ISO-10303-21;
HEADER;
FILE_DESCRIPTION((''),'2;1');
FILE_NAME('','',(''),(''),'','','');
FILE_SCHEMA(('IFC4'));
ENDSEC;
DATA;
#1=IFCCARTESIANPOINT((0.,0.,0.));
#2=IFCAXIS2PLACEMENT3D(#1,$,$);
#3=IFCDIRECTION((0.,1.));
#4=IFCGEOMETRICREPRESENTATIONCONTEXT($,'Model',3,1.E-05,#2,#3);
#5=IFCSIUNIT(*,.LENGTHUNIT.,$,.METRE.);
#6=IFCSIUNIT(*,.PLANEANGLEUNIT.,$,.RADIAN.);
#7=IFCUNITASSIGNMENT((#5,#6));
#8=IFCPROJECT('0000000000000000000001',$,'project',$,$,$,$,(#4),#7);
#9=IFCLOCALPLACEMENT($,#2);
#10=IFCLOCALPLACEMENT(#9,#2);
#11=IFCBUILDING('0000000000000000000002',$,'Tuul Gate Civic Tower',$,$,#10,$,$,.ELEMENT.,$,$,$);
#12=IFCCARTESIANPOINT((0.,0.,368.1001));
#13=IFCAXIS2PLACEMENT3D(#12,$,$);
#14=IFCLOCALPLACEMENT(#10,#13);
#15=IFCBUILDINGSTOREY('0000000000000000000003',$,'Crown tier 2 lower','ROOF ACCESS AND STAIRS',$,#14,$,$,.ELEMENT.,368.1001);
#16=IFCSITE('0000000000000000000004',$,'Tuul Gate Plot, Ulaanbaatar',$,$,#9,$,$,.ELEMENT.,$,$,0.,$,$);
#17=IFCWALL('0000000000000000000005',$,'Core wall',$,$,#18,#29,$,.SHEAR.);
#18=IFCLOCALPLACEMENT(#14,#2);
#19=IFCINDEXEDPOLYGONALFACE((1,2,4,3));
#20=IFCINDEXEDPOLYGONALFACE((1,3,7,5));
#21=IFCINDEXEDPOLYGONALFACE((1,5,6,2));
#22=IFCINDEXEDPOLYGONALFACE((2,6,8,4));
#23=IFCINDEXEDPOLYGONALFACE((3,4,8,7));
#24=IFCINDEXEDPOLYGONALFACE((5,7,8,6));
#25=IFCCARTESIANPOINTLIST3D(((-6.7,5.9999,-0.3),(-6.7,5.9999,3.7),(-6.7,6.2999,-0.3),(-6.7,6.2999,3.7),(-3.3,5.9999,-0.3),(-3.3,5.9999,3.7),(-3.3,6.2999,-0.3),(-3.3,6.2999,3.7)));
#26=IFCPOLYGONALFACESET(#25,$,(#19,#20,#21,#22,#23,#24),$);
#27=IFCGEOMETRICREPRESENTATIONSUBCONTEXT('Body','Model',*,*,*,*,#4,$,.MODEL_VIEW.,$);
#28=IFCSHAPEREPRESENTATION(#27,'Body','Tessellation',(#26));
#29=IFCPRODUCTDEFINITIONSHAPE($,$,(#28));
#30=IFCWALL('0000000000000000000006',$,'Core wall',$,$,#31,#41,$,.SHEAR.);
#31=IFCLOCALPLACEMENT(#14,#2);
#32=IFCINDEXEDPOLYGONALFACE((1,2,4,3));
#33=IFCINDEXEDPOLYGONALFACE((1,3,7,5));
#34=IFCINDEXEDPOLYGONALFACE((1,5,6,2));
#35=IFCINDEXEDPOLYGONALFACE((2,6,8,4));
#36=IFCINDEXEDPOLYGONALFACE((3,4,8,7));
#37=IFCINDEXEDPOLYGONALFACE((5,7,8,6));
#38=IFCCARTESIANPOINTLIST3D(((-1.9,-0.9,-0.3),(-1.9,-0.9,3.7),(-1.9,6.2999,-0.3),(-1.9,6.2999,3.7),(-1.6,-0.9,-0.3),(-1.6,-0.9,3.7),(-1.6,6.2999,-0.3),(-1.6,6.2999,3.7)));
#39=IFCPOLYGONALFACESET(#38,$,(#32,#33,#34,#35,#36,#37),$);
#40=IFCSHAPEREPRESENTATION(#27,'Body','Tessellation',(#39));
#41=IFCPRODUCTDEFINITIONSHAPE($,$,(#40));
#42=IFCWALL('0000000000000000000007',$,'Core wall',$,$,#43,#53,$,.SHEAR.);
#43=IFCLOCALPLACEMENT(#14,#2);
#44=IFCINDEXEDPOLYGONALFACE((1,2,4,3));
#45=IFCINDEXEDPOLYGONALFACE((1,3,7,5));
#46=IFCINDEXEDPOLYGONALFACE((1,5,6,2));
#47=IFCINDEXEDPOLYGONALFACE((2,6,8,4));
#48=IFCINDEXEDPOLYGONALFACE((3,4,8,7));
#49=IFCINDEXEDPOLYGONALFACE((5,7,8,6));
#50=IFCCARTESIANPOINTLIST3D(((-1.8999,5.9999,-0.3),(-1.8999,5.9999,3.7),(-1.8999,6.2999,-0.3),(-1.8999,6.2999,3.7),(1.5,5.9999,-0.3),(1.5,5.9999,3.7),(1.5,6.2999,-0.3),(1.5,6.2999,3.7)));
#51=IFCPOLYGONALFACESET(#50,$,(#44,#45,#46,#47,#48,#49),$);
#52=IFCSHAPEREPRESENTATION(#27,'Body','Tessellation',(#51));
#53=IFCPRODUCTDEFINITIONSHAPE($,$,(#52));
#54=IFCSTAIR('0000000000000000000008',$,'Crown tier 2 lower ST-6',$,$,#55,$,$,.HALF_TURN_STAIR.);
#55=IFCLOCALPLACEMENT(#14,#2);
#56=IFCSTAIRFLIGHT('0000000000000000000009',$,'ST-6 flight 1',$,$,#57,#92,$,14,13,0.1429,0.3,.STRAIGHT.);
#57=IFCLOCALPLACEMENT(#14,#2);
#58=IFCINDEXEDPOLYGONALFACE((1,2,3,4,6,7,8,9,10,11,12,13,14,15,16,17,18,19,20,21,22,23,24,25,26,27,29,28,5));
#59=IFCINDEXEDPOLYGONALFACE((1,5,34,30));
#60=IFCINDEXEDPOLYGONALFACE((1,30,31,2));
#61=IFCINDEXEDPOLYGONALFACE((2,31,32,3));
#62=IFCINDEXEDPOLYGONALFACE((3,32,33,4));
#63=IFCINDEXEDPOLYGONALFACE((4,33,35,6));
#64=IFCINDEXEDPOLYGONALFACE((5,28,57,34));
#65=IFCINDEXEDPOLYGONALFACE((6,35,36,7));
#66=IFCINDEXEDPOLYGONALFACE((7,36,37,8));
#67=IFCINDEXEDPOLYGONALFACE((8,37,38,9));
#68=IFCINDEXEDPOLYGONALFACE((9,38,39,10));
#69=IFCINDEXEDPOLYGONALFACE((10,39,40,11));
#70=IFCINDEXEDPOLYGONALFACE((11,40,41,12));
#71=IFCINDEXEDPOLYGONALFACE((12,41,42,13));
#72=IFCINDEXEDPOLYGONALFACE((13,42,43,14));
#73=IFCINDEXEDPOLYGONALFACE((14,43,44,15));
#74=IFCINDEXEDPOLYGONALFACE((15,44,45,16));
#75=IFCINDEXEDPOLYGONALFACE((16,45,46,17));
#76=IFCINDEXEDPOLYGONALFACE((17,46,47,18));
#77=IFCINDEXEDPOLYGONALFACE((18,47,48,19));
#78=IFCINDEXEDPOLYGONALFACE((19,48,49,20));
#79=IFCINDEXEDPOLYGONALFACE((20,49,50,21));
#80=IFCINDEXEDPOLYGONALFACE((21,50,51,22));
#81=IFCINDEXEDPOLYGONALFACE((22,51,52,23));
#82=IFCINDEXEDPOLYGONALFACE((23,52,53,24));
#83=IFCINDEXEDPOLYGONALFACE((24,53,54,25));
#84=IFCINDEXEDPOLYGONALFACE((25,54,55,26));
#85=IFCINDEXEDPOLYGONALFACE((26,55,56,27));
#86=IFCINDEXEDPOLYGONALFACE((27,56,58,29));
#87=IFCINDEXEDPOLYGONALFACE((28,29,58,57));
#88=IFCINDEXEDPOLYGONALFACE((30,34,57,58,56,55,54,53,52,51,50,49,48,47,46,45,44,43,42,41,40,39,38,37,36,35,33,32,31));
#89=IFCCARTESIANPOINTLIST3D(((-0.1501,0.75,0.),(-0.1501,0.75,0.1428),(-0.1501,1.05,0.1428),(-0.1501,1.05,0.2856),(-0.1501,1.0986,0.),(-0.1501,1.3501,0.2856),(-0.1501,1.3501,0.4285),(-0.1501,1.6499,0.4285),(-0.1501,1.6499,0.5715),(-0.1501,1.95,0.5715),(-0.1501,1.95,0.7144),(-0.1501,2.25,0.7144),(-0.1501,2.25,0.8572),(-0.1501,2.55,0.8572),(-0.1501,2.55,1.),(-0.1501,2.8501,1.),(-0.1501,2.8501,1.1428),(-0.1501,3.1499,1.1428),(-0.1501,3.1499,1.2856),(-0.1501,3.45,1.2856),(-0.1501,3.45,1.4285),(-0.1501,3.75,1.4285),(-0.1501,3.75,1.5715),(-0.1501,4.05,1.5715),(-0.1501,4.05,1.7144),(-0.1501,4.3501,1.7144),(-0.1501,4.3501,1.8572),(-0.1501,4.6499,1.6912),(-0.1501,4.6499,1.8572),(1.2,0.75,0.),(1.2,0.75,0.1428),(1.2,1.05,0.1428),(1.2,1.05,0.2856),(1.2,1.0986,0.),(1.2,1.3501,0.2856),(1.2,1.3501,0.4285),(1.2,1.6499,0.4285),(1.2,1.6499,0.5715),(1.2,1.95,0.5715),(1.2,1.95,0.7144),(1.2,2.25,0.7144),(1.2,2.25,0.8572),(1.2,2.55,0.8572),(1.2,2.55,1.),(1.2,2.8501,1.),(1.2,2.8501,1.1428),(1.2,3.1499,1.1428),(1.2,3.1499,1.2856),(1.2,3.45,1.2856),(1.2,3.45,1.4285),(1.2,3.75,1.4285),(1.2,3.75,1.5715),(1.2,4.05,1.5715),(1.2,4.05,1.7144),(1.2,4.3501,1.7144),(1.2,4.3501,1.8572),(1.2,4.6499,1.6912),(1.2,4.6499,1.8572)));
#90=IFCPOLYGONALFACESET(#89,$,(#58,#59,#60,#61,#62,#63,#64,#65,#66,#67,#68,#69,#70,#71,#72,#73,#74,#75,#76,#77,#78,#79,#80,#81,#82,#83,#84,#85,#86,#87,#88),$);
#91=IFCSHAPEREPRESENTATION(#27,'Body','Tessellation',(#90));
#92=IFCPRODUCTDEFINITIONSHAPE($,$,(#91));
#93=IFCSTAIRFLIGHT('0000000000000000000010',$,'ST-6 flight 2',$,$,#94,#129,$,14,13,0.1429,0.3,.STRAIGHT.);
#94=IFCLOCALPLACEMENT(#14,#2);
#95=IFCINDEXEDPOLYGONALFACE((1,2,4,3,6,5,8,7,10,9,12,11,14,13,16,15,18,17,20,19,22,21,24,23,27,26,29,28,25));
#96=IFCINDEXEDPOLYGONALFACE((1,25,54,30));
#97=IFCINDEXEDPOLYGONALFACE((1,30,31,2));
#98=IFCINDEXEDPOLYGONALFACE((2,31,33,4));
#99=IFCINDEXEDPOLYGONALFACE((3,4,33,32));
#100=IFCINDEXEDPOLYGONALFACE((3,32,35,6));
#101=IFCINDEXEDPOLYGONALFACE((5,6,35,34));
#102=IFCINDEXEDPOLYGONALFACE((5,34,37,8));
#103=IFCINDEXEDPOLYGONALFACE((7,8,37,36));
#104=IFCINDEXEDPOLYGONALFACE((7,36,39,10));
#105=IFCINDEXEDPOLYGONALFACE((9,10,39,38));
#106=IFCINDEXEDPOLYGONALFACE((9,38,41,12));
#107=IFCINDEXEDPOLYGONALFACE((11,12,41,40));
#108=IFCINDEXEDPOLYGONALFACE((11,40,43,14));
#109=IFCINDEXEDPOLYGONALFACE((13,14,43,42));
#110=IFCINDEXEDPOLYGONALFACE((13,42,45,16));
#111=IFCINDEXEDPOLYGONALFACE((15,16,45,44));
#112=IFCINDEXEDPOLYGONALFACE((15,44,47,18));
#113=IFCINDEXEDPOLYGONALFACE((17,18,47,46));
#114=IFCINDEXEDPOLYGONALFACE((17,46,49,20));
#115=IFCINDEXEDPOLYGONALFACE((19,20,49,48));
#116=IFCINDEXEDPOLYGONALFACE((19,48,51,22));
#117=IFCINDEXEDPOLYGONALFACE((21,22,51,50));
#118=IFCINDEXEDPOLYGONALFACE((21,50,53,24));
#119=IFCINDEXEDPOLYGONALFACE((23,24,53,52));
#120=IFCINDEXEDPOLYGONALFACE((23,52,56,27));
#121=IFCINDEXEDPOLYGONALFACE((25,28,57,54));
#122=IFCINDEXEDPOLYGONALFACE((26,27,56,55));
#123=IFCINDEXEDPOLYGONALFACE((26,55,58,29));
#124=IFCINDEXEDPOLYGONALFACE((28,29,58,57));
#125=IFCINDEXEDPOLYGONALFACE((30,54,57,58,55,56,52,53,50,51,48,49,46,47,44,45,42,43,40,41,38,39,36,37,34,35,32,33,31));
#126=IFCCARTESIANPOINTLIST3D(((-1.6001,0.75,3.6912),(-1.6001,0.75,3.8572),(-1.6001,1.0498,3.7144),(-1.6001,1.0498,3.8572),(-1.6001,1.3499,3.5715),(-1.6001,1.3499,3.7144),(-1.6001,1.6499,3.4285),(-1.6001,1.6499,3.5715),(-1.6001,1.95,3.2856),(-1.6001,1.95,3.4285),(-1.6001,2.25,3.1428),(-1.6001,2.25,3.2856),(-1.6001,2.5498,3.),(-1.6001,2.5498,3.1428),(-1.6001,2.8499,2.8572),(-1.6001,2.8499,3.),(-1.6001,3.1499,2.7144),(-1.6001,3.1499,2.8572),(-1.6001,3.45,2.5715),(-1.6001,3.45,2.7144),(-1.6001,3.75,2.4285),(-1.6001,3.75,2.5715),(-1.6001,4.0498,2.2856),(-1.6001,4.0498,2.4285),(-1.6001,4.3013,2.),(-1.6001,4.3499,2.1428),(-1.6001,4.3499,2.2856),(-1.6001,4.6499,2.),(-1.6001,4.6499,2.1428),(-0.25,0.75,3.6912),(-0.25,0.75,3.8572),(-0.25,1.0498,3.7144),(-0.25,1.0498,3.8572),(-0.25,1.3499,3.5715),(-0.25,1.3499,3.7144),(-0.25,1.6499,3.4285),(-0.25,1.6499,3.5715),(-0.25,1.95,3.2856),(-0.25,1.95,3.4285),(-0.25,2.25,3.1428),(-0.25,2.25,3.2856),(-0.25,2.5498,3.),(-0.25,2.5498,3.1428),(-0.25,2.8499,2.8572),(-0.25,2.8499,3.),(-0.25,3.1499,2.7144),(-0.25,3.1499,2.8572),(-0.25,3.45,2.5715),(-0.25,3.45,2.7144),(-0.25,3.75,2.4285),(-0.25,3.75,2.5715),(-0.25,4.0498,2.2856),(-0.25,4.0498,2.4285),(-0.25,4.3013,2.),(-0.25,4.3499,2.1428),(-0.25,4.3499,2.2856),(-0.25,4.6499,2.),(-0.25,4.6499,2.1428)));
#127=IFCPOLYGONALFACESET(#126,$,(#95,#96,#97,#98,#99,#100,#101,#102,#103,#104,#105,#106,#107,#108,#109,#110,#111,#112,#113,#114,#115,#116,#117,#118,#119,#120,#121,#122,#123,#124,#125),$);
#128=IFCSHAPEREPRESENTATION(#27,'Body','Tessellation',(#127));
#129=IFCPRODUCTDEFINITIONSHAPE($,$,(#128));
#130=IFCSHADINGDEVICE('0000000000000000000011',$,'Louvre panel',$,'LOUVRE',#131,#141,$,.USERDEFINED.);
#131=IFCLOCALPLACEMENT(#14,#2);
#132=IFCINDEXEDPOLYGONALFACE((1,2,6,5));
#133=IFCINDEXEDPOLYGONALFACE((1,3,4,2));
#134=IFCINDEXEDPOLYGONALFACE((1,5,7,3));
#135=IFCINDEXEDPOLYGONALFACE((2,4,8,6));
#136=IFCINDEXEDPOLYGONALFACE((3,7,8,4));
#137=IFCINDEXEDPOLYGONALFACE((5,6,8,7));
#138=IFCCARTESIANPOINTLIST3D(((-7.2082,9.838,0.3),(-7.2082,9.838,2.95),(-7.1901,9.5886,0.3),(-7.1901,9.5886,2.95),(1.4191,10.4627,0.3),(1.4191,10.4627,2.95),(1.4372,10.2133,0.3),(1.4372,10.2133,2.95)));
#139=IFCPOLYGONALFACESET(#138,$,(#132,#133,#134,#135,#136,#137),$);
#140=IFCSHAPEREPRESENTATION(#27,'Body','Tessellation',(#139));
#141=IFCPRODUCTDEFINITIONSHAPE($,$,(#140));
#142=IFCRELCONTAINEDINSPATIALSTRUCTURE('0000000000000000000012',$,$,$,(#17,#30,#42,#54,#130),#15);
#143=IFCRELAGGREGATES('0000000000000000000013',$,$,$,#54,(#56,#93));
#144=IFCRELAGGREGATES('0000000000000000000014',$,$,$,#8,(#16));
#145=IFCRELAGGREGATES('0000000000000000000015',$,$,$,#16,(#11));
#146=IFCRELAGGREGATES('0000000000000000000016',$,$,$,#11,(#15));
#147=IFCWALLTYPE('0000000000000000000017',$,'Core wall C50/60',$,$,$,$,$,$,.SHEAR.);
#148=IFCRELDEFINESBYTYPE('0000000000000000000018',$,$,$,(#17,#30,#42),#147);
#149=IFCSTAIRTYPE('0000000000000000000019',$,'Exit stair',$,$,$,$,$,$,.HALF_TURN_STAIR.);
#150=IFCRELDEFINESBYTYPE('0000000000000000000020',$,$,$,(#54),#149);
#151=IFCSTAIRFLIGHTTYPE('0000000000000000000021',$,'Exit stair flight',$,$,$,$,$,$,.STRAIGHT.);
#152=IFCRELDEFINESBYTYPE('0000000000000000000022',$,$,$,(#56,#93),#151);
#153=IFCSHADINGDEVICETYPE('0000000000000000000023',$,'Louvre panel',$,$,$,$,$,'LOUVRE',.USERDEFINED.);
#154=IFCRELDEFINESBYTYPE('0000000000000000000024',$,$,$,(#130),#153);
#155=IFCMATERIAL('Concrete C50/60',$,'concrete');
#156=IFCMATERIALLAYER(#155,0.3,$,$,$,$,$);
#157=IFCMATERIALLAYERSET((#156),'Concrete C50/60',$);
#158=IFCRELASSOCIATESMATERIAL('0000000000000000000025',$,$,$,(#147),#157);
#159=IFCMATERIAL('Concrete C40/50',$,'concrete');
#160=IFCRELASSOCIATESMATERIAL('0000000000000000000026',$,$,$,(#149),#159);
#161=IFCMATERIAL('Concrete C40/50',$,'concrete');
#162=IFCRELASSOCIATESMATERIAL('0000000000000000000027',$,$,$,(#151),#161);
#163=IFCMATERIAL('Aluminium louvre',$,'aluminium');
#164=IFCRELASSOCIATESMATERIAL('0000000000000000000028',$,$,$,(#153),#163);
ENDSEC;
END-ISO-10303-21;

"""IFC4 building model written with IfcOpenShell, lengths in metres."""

from ifc_helpers import new_model, si_unit, direction, frame, frame_2d, origin, origin_2d, place, context, subcontext, project, spatial, polyline, rectangle, outline, extrude, material, layer, layer_set, type_object, element, aggregate, save


model = new_model("IFC4")

# Units and contexts
model_context = context("Model", 3, precision=1e-05, world=origin(), true_north=direction((0.0, 1.0)))
body_context = subcontext(model_context, "Body", "Model", "MODEL_VIEW")
ifc_project = project(units=[si_unit("LENGTHUNIT", "METRE"), si_unit("PLANEANGLEUNIT", "RADIAN")], contexts=[model_context])

# Site, building, storey
site_placement = place(None, origin())
site = spatial("IfcSite", under=ifc_project, at=site_placement, Name="Tuul Gate Plot, Ulaanbaatar", CompositionType="ELEMENT", RefElevation=0.0)
building_placement = place(site_placement, origin())
building = spatial("IfcBuilding", under=site, at=building_placement, Name="Tuul Gate Civic Tower", CompositionType="ELEMENT")
storey_placement = place(building_placement, frame((0.0, 0.0, 368.1001)))
storey = spatial("IfcBuildingStorey", under=building, at=storey_placement, Name="Crown tier 2 lower", Description="ROOF ACCESS AND STAIRS", CompositionType="ELEMENT", Elevation=368.1001)

# Walls
ifc_material_1 = material(Name="Concrete C50/60", Category="concrete")
ifc_layer_1 = layer(ifc_material_1, 0.3)
ifc_layer_set_1 = layer_set([ifc_layer_1], Name="Concrete C50/60")
wall_type = type_object("IfcWallType", Name="Core wall C50/60", PredefinedType="SHEAR", material=ifc_layer_set_1)
wall_1_placement = place(storey_placement, frame((-3.3, 6.1499, -0.3), z_axis=(0.0, 0.0, 1.0), x_axis=(-1.0, 0.0, 0.0)))
element("IfcWall", 1, at=wall_1_placement, inside=storey, type_object=wall_type, Name="Core wall", PredefinedType="SHEAR", context=body_context, shape_type="SweptSolid", body=[
    extrude(rectangle(XDim=3.3999, YDim=0.3, at=frame_2d((1.7, 0.0))), origin(), (0.0, 0.0, 1.0), 4.0),
])
wall_2_placement = place(storey_placement, frame((-1.75, 6.3, -0.3), z_axis=(0.0, 0.0, 1.0), x_axis=(0.0, -1.0, 0.0)))
element("IfcWall", 2, at=wall_2_placement, inside=storey, type_object=wall_type, Name="Core wall", PredefinedType="SHEAR", context=body_context, shape_type="SweptSolid", body=[
    extrude(rectangle(XDim=7.2, YDim=0.3, at=frame_2d((3.6001, 0.0))), origin(), (0.0, 0.0, 1.0), 4.0),
])
wall_3_placement = place(storey_placement, frame((1.5, 6.1499, -0.3), z_axis=(0.0, 0.0, 1.0), x_axis=(-1.0, 0.0, 0.0)))
element("IfcWall", 3, at=wall_3_placement, inside=storey, type_object=wall_type, Name="Core wall", PredefinedType="SHEAR", context=body_context, shape_type="SweptSolid", body=[
    extrude(rectangle(XDim=3.3999, YDim=0.3, at=frame_2d((1.7, 0.0))), origin(), (0.0, 0.0, 1.0), 4.0),
])

# Stair, stair flights
ifc_material_2 = material(Name="Concrete C40/50", Category="concrete")
stair_type = type_object("IfcStairType", Name="Exit stair", PredefinedType="HALF_TURN_STAIR", material=ifc_material_2)
stair_placement = place(storey_placement, origin())
stair = element("IfcStair", 4, at=stair_placement, inside=storey, type_object=stair_type, Name="Crown tier 2 lower ST-6", PredefinedType="HALF_TURN_STAIR")
ifc_material_3 = material(Name="Concrete C40/50", Category="concrete")
stair_flight_type = type_object("IfcStairFlightType", Name="Exit stair flight", PredefinedType="STRAIGHT", material=ifc_material_3)
stair_flight_1_placement = place(storey_placement, frame((0.5249, 0.75, 0.0), z_axis=(0.0, 0.0, 1.0), x_axis=(0.0, 1.0, 0.0)))
stair_flight_1 = element("IfcStairFlight", 5, at=stair_flight_1_placement, type_object=stair_flight_type, Name="ST-6 flight 1", NumberOfRisers=14, NumberOfTreads=13, PredefinedType="STRAIGHT", RiserHeight=0.1429, TreadLength=0.3, context=body_context, shape_type="SweptSolid", body=[
    extrude(outline(polyline([(0.0, 0.0), (0.0, 0.1428), (0.3, 0.1428), (0.3, 0.2856), (0.6001, 0.2856), (0.6001, 0.4285), (0.8999, 0.4285), (0.8999, 0.5715), (1.2, 0.5715), (1.2, 0.7144), (1.5, 0.7144), (1.5, 0.8572), (1.8, 0.8572), (1.8, 1.0), (2.1001, 1.0), (2.1001, 1.1428), (2.3999, 1.1428), (2.3999, 1.2856), (2.7, 1.2856), (2.7, 1.4285), (3.0, 1.4285), (3.0, 1.5715), (3.3, 1.5715), (3.3, 1.7144), (3.6001, 1.7144), (3.6001, 1.8572), (3.8999, 1.8572), (3.8999, 2.0), (3.8999, 1.6912), (0.3486, 0.0), (0.0, 0.0)])), frame((0.0, 0.675, 0.0), z_axis=(0.0, -1.0, 0.0), x_axis=(1.0, 0.0, 0.0)), (0.0, 0.0, 1.0), 1.3501),
])
stair_flight_2_placement = place(storey_placement, frame((-0.925, 4.6499, 2.0), z_axis=(0.0, 0.0, 1.0), x_axis=(0.0, -1.0, 0.0)))
stair_flight_2 = element("IfcStairFlight", 6, at=stair_flight_2_placement, type_object=stair_flight_type, Name="ST-6 flight 2", NumberOfRisers=14, NumberOfTreads=13, PredefinedType="STRAIGHT", RiserHeight=0.1429, TreadLength=0.3, context=body_context, shape_type="SweptSolid", body=[
    extrude(outline(polyline([(0.0, 0.0), (0.0, 0.1428), (0.3, 0.1428), (0.3, 0.2856), (0.6001, 0.2856), (0.6001, 0.4285), (0.8999, 0.4285), (0.8999, 0.5715), (1.2, 0.5715), (1.2, 0.7144), (1.5, 0.7144), (1.5, 0.8572), (1.8, 0.8572), (1.8, 1.0), (2.1001, 1.0), (2.1001, 1.1428), (2.3999, 1.1428), (2.3999, 1.2856), (2.7, 1.2856), (2.7, 1.4285), (3.0, 1.4285), (3.0, 1.5715), (3.3, 1.5715), (3.3, 1.7144), (3.6001, 1.7144), (3.6001, 1.8572), (3.8999, 1.8572), (3.8999, 2.0), (3.8999, 1.6912), (0.3486, 0.0), (0.0, 0.0)])), frame((0.0, 0.675, 0.0), z_axis=(0.0, -1.0, 0.0), x_axis=(1.0, 0.0, 0.0)), (0.0, 0.0, 1.0), 1.3501),
])
aggregate(stair, [stair_flight_1, stair_flight_2])

# Shading device
ifc_material_4 = material(Name="Aluminium louvre", Category="aluminium")
shading_device_type = type_object("IfcShadingDeviceType", Name="Louvre panel", ElementType="LOUVRE", PredefinedType="USERDEFINED", material=ifc_material_4)
shading_device_placement = place(storey_placement, frame((-2.8855, 10.0256, 0.3), z_axis=(0.0, 0.0, 1.0), x_axis=(-0.072219, 0.997389, 0.0)))
element("IfcShadingDevice", 7, at=shading_device_placement, inside=storey, type_object=shading_device_type, Name="Louvre panel", ObjectType="LOUVRE", PredefinedType="USERDEFINED", context=body_context, shape_type="SweptSolid", body=[
    extrude(rectangle(XDim=0.25, YDim=8.6499, at=origin_2d()), origin(), (0.0, 0.0, 1.0), 2.6499),
])

save(model, "model.ifc")
